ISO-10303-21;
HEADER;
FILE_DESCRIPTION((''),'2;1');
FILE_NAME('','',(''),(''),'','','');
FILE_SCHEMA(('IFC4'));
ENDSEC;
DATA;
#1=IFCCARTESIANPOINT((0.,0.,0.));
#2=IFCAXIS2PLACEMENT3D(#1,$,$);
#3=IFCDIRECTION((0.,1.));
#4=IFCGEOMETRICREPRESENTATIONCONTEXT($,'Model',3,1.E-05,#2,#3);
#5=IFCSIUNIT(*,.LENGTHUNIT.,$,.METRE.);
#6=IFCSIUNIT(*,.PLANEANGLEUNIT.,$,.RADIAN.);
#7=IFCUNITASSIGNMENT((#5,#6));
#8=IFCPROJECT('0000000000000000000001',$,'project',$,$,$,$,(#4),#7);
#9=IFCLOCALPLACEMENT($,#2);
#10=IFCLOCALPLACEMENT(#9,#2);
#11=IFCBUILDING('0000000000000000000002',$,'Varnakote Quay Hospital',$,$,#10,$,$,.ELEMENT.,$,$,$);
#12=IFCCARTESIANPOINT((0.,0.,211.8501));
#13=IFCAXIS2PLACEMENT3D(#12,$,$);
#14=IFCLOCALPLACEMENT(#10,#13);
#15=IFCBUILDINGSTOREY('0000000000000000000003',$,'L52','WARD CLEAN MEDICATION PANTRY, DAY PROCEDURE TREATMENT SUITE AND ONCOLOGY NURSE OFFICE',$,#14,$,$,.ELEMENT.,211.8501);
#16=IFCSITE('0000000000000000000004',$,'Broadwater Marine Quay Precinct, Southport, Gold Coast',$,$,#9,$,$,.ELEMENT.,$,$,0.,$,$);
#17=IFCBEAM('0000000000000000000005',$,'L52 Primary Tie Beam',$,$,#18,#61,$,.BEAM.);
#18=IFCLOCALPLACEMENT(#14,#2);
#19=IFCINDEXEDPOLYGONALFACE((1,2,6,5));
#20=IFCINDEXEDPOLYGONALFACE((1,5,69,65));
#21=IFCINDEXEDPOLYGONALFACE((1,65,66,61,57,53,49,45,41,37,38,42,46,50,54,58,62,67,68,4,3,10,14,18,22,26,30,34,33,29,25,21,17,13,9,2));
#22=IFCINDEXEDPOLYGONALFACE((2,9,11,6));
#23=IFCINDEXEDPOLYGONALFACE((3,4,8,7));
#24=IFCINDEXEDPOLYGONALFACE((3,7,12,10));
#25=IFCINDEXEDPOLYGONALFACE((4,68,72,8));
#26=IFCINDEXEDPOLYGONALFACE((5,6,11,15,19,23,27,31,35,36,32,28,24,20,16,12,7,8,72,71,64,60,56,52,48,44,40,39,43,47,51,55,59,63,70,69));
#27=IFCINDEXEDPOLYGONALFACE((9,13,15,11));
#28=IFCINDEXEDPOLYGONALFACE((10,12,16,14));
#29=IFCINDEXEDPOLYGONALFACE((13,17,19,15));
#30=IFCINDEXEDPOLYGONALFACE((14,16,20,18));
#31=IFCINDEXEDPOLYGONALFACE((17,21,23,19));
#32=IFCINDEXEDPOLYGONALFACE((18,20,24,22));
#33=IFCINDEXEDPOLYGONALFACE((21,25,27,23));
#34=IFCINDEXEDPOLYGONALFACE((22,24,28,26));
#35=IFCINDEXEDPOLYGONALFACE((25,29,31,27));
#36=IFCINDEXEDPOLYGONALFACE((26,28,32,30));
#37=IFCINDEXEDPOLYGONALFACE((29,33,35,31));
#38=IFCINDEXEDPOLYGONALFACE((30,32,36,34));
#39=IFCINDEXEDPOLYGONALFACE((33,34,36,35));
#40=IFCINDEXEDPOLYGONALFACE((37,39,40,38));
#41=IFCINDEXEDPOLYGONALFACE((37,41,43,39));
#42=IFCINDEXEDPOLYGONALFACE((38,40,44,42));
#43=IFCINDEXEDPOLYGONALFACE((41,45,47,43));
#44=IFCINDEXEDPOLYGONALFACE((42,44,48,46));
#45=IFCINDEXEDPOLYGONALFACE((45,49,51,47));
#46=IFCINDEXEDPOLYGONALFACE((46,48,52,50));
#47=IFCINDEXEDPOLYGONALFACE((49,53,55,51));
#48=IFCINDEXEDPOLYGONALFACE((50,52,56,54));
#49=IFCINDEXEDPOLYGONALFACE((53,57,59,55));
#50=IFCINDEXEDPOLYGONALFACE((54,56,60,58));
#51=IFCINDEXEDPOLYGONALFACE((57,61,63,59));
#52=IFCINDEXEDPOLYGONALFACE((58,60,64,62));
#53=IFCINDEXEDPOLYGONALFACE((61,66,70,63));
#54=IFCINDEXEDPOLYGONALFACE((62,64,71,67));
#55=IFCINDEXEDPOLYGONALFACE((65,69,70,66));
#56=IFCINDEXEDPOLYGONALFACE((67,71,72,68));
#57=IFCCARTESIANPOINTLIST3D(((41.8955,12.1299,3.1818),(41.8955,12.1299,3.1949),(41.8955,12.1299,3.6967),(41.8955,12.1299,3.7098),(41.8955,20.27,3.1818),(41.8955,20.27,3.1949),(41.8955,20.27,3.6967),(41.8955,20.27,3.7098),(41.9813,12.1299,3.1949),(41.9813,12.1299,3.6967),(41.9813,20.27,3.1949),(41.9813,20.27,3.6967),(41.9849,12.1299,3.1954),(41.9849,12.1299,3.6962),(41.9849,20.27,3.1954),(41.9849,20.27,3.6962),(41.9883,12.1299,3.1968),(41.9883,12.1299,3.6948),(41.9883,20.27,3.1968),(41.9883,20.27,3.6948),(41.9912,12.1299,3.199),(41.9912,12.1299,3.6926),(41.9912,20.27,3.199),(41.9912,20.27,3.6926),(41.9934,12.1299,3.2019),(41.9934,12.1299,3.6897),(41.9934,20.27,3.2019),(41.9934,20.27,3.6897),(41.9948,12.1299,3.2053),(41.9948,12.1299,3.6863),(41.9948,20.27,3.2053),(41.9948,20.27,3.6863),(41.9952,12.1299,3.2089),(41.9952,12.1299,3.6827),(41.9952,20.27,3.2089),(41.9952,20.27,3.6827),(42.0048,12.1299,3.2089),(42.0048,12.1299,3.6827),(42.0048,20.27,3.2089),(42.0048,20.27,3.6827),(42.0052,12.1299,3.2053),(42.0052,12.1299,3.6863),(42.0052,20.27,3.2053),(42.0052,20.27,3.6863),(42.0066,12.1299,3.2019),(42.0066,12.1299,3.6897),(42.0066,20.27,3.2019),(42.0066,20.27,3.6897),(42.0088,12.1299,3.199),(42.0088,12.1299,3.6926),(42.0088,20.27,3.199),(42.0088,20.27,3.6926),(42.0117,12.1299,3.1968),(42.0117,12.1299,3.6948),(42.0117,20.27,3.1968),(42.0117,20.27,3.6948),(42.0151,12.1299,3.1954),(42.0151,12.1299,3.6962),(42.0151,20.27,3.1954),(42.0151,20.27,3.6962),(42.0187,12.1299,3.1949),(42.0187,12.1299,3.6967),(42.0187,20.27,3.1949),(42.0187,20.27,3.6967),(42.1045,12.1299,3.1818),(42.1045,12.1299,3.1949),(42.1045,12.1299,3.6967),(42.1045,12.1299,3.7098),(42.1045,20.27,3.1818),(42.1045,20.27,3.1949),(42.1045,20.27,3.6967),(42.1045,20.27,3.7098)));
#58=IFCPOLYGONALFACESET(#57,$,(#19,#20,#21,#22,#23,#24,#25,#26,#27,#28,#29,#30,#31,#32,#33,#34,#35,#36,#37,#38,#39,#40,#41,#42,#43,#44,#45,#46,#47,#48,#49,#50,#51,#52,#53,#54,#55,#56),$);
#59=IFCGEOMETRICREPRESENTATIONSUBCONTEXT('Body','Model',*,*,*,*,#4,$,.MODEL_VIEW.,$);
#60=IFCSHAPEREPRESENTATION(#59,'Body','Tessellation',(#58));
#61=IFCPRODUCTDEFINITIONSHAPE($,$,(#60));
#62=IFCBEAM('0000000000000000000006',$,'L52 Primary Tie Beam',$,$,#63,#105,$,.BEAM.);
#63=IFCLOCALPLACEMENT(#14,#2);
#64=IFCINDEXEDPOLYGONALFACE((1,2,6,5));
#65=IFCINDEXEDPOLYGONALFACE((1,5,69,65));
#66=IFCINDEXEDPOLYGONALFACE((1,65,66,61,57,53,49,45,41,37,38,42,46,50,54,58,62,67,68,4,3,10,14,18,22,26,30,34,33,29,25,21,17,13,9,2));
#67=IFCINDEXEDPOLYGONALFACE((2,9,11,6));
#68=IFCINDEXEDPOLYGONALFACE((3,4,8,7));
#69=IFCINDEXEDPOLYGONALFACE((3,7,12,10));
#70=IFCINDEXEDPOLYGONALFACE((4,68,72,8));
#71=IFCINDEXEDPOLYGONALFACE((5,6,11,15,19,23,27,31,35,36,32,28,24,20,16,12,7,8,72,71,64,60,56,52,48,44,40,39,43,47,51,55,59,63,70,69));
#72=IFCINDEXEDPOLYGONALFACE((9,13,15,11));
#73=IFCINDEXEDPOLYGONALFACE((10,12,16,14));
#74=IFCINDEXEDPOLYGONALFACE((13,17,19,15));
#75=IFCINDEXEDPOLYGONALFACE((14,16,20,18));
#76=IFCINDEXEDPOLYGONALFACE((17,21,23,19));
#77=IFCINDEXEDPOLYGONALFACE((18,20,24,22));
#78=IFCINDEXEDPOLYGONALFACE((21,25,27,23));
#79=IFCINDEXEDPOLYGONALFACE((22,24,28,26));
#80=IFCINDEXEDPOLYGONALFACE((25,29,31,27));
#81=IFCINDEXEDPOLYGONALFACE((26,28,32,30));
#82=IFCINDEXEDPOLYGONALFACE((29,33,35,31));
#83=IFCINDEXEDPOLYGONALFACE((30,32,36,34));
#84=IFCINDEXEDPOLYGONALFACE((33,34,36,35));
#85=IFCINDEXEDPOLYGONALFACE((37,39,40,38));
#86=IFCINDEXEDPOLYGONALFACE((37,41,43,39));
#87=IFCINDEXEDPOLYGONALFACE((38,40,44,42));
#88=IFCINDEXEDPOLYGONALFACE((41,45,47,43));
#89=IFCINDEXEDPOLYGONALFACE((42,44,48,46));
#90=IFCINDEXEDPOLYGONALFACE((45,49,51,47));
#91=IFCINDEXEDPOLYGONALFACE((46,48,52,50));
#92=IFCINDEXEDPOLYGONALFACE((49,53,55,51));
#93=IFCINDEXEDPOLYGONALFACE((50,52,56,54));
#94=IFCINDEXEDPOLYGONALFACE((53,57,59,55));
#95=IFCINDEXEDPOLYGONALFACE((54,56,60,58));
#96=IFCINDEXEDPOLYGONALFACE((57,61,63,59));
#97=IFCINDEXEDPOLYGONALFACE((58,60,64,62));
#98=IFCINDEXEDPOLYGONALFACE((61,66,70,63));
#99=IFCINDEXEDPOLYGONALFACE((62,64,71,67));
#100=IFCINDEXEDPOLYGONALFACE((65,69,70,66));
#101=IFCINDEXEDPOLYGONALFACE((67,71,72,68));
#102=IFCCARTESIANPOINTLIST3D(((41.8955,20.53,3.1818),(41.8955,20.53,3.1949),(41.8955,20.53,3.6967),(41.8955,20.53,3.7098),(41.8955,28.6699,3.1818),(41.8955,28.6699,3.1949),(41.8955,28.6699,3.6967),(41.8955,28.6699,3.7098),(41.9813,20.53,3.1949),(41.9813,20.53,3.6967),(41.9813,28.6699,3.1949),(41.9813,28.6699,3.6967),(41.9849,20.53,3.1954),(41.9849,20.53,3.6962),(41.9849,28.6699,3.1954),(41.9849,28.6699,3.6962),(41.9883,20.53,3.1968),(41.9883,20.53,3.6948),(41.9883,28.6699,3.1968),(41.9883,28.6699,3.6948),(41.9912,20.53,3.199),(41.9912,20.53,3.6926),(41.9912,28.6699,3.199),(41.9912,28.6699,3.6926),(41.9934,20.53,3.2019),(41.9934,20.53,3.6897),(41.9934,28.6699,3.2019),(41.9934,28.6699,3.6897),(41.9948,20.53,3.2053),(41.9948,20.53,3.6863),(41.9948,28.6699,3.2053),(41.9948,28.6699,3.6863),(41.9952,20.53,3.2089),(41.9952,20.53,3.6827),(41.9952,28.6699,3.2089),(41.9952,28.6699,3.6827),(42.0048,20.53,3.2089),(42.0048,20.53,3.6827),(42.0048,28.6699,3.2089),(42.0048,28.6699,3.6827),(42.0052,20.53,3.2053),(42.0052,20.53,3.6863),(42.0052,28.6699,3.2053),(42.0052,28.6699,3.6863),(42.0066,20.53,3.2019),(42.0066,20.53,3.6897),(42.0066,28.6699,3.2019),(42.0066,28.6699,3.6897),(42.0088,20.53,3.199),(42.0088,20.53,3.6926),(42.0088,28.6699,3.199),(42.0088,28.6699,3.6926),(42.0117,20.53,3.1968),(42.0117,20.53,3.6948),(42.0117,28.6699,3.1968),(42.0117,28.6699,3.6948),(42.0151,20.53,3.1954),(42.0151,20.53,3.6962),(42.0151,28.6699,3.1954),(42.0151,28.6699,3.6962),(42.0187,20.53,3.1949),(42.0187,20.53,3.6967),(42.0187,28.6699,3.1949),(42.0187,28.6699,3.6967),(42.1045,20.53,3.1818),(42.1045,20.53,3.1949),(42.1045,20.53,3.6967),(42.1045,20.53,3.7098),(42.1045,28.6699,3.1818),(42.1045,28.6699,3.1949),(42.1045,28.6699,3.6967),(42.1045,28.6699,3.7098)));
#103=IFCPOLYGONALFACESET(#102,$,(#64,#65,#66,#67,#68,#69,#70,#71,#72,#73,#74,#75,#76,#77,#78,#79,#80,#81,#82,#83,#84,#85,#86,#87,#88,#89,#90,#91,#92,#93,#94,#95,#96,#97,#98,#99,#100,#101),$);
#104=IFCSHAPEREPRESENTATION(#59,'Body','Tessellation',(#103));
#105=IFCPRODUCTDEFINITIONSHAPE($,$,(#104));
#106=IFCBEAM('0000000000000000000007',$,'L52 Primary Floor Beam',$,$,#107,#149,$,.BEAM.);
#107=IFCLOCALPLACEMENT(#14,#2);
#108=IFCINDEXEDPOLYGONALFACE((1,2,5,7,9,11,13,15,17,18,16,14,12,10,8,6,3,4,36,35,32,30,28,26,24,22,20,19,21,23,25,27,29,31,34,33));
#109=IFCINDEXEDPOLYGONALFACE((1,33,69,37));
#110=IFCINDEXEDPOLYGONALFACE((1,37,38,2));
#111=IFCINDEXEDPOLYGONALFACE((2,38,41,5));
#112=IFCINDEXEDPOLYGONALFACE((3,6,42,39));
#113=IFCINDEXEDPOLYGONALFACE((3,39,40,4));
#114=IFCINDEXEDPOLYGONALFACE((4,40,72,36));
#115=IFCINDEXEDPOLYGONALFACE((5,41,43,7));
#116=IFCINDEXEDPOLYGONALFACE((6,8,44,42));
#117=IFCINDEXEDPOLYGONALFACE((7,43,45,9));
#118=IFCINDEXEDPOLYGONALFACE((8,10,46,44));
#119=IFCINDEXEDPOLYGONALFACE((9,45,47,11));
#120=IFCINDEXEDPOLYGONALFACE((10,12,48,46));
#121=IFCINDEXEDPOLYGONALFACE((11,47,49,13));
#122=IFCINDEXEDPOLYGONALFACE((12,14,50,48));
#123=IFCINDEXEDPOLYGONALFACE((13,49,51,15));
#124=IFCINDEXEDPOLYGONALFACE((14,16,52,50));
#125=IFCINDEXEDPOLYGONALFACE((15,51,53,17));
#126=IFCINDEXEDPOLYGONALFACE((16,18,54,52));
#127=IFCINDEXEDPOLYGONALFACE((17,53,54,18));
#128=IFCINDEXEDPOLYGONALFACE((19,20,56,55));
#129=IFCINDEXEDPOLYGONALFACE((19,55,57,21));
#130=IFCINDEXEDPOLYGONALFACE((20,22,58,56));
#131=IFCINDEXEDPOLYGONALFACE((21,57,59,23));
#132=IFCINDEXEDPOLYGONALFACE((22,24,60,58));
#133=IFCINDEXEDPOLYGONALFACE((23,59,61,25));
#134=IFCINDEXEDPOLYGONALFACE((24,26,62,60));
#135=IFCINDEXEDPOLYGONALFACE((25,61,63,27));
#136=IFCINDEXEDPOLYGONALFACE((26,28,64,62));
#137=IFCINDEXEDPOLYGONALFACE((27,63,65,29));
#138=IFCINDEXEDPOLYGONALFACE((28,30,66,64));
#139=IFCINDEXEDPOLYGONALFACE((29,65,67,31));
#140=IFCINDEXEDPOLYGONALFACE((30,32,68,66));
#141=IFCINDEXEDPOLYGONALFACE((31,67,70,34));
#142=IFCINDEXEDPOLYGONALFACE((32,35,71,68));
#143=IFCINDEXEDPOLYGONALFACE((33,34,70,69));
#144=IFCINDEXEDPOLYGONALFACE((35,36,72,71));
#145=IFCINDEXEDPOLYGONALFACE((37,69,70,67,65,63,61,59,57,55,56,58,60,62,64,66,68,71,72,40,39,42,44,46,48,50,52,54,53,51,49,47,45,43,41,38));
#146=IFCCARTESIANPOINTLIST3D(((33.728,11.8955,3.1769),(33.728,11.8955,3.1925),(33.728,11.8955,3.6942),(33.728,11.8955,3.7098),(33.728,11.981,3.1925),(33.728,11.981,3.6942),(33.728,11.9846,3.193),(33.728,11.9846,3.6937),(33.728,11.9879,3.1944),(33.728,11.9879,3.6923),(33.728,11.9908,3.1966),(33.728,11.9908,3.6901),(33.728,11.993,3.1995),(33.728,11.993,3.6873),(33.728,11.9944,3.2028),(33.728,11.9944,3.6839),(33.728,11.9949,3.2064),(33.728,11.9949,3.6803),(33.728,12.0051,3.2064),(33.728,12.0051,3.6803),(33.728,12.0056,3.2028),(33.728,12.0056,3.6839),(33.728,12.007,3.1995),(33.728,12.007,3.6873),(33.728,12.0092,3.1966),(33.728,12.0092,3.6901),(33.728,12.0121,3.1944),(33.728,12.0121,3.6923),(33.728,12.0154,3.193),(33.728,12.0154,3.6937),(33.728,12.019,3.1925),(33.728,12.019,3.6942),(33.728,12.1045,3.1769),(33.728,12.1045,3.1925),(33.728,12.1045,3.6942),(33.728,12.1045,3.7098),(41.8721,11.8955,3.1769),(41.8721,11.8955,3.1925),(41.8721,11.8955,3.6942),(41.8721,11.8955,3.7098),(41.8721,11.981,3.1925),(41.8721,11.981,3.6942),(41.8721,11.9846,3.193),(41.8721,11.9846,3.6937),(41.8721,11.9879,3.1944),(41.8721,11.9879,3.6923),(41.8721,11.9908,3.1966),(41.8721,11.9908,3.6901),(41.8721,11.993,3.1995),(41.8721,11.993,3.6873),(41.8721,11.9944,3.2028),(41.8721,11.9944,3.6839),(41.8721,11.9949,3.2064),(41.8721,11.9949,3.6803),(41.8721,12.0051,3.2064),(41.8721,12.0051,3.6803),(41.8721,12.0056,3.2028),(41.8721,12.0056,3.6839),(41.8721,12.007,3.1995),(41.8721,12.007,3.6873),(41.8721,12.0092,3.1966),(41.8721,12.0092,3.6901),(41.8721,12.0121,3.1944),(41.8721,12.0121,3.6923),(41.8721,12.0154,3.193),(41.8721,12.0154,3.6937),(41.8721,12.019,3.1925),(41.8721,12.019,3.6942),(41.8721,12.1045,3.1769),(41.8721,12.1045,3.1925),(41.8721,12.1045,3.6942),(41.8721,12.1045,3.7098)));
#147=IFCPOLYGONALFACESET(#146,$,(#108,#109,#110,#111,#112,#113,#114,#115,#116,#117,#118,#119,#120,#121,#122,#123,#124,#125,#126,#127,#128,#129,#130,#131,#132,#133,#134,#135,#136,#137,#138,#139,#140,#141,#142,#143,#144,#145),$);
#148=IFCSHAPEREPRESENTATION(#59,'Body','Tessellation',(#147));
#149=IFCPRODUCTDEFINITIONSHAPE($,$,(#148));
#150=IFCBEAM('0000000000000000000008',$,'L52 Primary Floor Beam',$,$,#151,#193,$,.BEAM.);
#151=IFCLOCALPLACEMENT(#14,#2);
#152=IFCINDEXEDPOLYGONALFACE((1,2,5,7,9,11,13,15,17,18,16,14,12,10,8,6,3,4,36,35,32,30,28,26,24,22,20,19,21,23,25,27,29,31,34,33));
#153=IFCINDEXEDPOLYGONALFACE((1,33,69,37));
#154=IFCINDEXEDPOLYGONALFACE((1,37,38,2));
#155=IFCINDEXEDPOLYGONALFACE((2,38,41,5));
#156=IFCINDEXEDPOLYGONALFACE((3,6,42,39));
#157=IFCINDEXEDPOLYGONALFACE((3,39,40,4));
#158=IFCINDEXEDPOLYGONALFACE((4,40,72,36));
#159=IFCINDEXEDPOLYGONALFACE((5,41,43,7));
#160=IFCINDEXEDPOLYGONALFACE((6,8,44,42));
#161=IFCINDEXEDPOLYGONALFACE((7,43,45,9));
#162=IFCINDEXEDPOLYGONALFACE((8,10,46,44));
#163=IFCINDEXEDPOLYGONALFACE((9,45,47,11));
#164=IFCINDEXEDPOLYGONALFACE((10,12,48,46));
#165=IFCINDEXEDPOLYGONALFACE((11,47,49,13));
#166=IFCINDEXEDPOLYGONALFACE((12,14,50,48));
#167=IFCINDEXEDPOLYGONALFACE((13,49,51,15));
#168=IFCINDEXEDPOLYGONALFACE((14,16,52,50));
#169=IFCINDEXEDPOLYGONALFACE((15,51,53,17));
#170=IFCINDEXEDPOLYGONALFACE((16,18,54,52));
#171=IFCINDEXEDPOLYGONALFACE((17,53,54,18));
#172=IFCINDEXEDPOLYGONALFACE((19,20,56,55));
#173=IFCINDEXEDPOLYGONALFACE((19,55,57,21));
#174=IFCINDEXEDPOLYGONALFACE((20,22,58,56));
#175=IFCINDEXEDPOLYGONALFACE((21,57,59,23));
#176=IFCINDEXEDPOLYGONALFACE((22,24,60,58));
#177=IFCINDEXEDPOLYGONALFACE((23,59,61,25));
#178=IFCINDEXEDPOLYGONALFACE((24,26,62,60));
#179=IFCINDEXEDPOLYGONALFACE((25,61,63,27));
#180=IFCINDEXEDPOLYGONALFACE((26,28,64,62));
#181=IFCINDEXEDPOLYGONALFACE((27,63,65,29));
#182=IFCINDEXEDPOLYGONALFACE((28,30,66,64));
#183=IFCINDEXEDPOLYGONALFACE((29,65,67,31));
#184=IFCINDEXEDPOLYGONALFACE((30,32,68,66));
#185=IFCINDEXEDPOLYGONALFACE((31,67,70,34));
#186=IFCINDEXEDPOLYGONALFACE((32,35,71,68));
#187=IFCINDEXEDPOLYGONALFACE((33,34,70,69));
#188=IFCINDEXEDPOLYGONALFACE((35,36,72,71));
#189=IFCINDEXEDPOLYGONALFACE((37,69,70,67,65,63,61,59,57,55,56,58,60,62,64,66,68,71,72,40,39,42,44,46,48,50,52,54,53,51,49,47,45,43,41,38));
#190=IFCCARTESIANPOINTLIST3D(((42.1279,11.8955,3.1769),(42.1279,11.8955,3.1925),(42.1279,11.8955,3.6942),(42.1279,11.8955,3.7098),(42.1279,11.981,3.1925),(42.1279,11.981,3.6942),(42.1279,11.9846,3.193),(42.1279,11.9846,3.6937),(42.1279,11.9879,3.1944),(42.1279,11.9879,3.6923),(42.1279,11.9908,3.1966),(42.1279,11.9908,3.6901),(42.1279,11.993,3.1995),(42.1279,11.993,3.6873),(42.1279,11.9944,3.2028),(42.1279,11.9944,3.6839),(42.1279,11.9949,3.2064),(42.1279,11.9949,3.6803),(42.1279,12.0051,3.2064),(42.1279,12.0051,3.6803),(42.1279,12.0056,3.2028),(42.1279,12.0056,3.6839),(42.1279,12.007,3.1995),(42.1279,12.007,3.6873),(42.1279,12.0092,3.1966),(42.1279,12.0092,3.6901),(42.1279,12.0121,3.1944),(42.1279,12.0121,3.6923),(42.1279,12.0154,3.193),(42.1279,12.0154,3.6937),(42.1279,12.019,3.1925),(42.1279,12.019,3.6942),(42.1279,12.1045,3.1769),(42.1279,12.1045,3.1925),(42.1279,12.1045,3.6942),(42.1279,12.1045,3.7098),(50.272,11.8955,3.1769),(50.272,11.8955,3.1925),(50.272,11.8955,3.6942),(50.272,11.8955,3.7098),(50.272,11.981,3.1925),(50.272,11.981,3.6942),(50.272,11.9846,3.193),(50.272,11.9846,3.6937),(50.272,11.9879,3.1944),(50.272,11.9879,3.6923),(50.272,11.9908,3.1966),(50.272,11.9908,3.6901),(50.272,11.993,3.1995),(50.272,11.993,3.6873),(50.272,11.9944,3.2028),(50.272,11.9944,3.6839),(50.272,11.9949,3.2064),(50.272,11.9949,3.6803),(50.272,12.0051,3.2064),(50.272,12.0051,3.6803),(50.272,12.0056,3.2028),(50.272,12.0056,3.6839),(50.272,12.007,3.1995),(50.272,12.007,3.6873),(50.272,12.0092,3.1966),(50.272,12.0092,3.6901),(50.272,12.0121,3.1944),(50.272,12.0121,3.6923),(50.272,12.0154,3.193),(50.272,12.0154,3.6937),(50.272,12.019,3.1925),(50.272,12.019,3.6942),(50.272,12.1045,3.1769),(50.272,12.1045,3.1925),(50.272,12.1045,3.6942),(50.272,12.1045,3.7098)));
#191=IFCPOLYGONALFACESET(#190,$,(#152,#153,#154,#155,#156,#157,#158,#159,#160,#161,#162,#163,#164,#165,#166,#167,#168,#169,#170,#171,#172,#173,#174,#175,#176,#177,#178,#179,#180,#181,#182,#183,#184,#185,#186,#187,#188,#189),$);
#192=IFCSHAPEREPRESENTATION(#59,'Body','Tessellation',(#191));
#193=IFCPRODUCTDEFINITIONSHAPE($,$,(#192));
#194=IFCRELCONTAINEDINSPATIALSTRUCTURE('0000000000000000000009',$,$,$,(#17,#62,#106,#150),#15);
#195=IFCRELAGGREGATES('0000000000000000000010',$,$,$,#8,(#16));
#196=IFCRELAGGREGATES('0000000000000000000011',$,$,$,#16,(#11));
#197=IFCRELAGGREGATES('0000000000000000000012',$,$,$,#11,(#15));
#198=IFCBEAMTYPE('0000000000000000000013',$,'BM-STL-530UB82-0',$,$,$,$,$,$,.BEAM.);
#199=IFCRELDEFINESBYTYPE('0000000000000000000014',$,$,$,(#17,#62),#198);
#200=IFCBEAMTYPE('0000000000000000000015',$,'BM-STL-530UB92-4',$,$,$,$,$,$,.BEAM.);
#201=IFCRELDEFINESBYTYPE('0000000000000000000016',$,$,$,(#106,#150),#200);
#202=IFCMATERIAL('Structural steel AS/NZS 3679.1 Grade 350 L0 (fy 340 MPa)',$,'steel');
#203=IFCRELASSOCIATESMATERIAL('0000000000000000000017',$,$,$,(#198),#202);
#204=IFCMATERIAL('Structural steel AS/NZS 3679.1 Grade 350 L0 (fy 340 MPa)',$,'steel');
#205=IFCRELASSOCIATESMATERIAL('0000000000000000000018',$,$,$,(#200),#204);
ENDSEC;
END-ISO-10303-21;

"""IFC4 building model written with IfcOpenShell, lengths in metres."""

from ifc_helpers import new_model, si_unit, direction, frame, origin, origin_2d, place, context, subcontext, project, spatial, i_section, extrude, material, material_profile, profile_set, type_object, element, save


model = new_model("IFC4")

# Units and contexts
model_context = context("Model", 3, precision=1e-05, world=origin(), true_north=direction((0.0, 1.0)))
body_context = subcontext(model_context, "Body", "Model", "MODEL_VIEW")
ifc_project = project(units=[si_unit("LENGTHUNIT", "METRE"), si_unit("PLANEANGLEUNIT", "RADIAN")], contexts=[model_context])

# Site, building, storey
site_placement = place(None, origin())
site = spatial("IfcSite", under=ifc_project, at=site_placement, Name="Broadwater Marine Quay Precinct, Southport, Gold Coast", CompositionType="ELEMENT", RefElevation=0.0)
building_placement = place(site_placement, origin())
building = spatial("IfcBuilding", under=site, at=building_placement, Name="Varnakote Quay Hospital", CompositionType="ELEMENT")
storey_placement = place(building_placement, frame((0.0, 0.0, 211.8501)))
storey = spatial("IfcBuildingStorey", under=building, at=storey_placement, Name="L52", Description="WARD CLEAN MEDICATION PANTRY, DAY PROCEDURE TREATMENT SUITE AND ONCOLOGY NURSE OFFICE", CompositionType="ELEMENT", Elevation=211.8501)

# Beams
ifc_material_1 = material(Name="Structural steel AS/NZS 3679.1 Grade 350 L0 (fy 340 MPa)", Category="steel")
ifc_material_profile_1 = material_profile(ifc_material_1, i_section(OverallWidth=0.209, OverallDepth=0.5281, WebThickness=0.0095, FlangeThickness=0.0132, FilletRadius=0.0139, at=origin_2d()), Name="530UB82.0")
ifc_profile_set_1 = profile_set([ifc_material_profile_1], Name="Structural steel AS/NZS 3679.1 Grade 350 L0 (fy 340 MPa)")
beam_type_1 = type_object("IfcBeamType", Name="BM-STL-530UB82-0", PredefinedType="BEAM", material=ifc_profile_set_1)
beam_1_placement = place(storey_placement, frame((42.0, 12.1299, 3.4458), z_axis=(0.0, 1.0, 0.0), x_axis=(-1.0, 0.0, 0.0)))
element("IfcBeam", 1, at=beam_1_placement, inside=storey, type_object=beam_type_1, Name="L52 Primary Tie Beam", PredefinedType="BEAM", context=body_context, shape_type="SweptSolid", body=[
    extrude(i_section(OverallWidth=0.209, OverallDepth=0.5281, WebThickness=0.0095, FlangeThickness=0.0132, FilletRadius=0.0139, at=origin_2d()), origin(), (0.0, 0.0, 1.0), 8.1401),
])
beam_2_placement = place(storey_placement, frame((42.0, 20.53, 3.4458), z_axis=(0.0, 1.0, 0.0), x_axis=(-1.0, 0.0, 0.0)))
element("IfcBeam", 2, at=beam_2_placement, inside=storey, type_object=beam_type_1, Name="L52 Primary Tie Beam", PredefinedType="BEAM", context=body_context, shape_type="SweptSolid", body=[
    extrude(i_section(OverallWidth=0.209, OverallDepth=0.5281, WebThickness=0.0095, FlangeThickness=0.0132, FilletRadius=0.0139, at=origin_2d()), origin(), (0.0, 0.0, 1.0), 8.1399),
])
ifc_material_2 = material(Name="Structural steel AS/NZS 3679.1 Grade 350 L0 (fy 340 MPa)", Category="steel")
ifc_material_profile_2 = material_profile(ifc_material_2, i_section(OverallWidth=0.209, OverallDepth=0.533, WebThickness=0.0103, FlangeThickness=0.0156, FilletRadius=0.0139, at=origin_2d()), Name="530UB92.4")
ifc_profile_set_2 = profile_set([ifc_material_profile_2], Name="Structural steel AS/NZS 3679.1 Grade 350 L0 (fy 340 MPa)")
beam_type_2 = type_object("IfcBeamType", Name="BM-STL-530UB92-4", PredefinedType="BEAM", material=ifc_profile_set_2)
for number, where, z_axis, x_axis, name in (
    (3, (33.728, 12.0, 3.4434), (1.0, 0.0, 0.0), (0.0, 1.0, 0.0), "L52 Primary Floor Beam"),
    (4, (42.1279, 12.0, 3.4434), (1.0, 0.0, 0.0), (0.0, 1.0, 0.0), "L52 Primary Floor Beam"),
):
    element("IfcBeam", number, at=place(storey_placement, frame(where, z_axis=z_axis, x_axis=x_axis)), inside=storey, type_object=beam_type_2, Name=name, PredefinedType="BEAM", context=body_context, shape_type="SweptSolid", body=[
        extrude(i_section(OverallWidth=0.209, OverallDepth=0.533, WebThickness=0.0103, FlangeThickness=0.0156, FilletRadius=0.0139, at=origin_2d()), origin(), (0.0, 0.0, 1.0), 8.144),
    ])

save(model, "model.ifc")
